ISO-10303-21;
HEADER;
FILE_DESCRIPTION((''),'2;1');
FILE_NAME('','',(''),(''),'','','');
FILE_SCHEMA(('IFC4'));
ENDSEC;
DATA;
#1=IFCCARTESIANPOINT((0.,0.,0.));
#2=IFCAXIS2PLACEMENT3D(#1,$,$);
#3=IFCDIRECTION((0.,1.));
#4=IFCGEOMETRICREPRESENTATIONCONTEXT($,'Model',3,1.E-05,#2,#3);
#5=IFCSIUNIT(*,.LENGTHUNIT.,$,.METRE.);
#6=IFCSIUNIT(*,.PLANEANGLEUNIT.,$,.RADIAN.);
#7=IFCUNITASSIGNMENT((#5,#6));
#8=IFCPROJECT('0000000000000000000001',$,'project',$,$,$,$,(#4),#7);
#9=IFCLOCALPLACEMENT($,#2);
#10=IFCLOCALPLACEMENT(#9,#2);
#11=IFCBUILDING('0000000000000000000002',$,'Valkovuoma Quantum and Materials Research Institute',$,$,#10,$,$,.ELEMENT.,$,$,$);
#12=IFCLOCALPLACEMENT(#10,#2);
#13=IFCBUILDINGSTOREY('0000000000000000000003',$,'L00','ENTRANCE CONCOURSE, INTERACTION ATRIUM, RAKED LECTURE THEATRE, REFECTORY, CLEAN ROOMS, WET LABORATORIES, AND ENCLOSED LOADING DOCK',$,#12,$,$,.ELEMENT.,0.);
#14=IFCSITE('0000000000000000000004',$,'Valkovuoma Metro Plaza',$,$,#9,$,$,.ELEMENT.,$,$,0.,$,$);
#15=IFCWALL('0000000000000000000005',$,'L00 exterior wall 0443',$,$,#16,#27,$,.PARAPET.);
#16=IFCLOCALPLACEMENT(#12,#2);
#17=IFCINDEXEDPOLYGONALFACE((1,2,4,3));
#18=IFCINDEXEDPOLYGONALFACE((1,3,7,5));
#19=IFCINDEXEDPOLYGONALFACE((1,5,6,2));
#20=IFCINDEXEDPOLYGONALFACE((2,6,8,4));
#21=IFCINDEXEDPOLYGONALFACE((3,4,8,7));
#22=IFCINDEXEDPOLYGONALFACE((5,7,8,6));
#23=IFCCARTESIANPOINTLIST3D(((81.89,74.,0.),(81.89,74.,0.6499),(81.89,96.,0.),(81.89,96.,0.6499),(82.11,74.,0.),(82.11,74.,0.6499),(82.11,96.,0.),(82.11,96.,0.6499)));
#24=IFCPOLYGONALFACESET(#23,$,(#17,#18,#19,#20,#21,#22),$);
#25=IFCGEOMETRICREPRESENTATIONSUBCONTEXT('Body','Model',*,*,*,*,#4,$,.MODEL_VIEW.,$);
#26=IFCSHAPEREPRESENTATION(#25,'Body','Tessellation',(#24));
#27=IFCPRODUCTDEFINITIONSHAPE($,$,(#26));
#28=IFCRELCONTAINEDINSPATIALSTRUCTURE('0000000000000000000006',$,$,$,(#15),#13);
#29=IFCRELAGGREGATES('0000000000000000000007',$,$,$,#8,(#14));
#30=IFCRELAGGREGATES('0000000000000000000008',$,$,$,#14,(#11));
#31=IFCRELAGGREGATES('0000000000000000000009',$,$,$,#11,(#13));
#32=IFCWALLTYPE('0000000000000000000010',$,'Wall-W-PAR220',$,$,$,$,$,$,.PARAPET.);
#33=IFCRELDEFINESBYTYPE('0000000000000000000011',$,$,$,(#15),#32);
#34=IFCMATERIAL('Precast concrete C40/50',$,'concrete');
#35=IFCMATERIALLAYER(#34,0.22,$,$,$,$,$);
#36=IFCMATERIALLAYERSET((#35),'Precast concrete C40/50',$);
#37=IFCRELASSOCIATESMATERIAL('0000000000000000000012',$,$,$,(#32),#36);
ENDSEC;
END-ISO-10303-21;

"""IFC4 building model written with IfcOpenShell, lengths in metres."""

from ifc_helpers import new_model, si_unit, direction, frame, frame_2d, origin, place, context, subcontext, project, spatial, rectangle, extrude, material, layer, layer_set, type_object, element, save


model = new_model("IFC4")

# Units and contexts
model_context = context("Model", 3, precision=1e-05, world=origin(), true_north=direction((0.0, 1.0)))
body_context = subcontext(model_context, "Body", "Model", "MODEL_VIEW")
ifc_project = project(units=[si_unit("LENGTHUNIT", "METRE"), si_unit("PLANEANGLEUNIT", "RADIAN")], contexts=[model_context])

# Site, building, storey
site_placement = place(None, origin())
site = spatial("IfcSite", under=ifc_project, at=site_placement, Name="Valkovuoma Metro Plaza", CompositionType="ELEMENT", RefElevation=0.0)
building_placement = place(site_placement, origin())
building = spatial("IfcBuilding", under=site, at=building_placement, Name="Valkovuoma Quantum and Materials Research Institute", CompositionType="ELEMENT")
storey_placement = place(building_placement, origin())
storey = spatial("IfcBuildingStorey", under=building, at=storey_placement, Name="L00", Description="ENTRANCE CONCOURSE, INTERACTION ATRIUM, RAKED LECTURE THEATRE, REFECTORY, CLEAN ROOMS, WET LABORATORIES, AND ENCLOSED LOADING DOCK", CompositionType="ELEMENT", Elevation=0.0)

# Wall
ifc_material_1 = material(Name="Precast concrete C40/50", Category="concrete")
ifc_layer_1 = layer(ifc_material_1, 0.22)
ifc_layer_set_1 = layer_set([ifc_layer_1], Name="Precast concrete C40/50")
wall_type = type_object("IfcWallType", Name="Wall-W-PAR220", PredefinedType="PARAPET", material=ifc_layer_set_1)
for number, where, z_axis, x_axis, name in (
    (1, (82.0, 74.0, 0.0), (0.0, 0.0, 1.0), (0.0, 1.0, 0.0), "L00 exterior wall 0443"),
):
    element("IfcWall", number, at=place(storey_placement, frame(where, z_axis=z_axis, x_axis=x_axis)), inside=storey, type_object=wall_type, Name=name, PredefinedType="PARAPET", context=body_context, shape_type="SweptSolid", body=[
        extrude(rectangle(XDim=22.0, YDim=0.22, at=frame_2d((11.0, 0.0))), origin(), (0.0, 0.0, 1.0), 0.6499),
    ])

save(model, "model.ifc")
